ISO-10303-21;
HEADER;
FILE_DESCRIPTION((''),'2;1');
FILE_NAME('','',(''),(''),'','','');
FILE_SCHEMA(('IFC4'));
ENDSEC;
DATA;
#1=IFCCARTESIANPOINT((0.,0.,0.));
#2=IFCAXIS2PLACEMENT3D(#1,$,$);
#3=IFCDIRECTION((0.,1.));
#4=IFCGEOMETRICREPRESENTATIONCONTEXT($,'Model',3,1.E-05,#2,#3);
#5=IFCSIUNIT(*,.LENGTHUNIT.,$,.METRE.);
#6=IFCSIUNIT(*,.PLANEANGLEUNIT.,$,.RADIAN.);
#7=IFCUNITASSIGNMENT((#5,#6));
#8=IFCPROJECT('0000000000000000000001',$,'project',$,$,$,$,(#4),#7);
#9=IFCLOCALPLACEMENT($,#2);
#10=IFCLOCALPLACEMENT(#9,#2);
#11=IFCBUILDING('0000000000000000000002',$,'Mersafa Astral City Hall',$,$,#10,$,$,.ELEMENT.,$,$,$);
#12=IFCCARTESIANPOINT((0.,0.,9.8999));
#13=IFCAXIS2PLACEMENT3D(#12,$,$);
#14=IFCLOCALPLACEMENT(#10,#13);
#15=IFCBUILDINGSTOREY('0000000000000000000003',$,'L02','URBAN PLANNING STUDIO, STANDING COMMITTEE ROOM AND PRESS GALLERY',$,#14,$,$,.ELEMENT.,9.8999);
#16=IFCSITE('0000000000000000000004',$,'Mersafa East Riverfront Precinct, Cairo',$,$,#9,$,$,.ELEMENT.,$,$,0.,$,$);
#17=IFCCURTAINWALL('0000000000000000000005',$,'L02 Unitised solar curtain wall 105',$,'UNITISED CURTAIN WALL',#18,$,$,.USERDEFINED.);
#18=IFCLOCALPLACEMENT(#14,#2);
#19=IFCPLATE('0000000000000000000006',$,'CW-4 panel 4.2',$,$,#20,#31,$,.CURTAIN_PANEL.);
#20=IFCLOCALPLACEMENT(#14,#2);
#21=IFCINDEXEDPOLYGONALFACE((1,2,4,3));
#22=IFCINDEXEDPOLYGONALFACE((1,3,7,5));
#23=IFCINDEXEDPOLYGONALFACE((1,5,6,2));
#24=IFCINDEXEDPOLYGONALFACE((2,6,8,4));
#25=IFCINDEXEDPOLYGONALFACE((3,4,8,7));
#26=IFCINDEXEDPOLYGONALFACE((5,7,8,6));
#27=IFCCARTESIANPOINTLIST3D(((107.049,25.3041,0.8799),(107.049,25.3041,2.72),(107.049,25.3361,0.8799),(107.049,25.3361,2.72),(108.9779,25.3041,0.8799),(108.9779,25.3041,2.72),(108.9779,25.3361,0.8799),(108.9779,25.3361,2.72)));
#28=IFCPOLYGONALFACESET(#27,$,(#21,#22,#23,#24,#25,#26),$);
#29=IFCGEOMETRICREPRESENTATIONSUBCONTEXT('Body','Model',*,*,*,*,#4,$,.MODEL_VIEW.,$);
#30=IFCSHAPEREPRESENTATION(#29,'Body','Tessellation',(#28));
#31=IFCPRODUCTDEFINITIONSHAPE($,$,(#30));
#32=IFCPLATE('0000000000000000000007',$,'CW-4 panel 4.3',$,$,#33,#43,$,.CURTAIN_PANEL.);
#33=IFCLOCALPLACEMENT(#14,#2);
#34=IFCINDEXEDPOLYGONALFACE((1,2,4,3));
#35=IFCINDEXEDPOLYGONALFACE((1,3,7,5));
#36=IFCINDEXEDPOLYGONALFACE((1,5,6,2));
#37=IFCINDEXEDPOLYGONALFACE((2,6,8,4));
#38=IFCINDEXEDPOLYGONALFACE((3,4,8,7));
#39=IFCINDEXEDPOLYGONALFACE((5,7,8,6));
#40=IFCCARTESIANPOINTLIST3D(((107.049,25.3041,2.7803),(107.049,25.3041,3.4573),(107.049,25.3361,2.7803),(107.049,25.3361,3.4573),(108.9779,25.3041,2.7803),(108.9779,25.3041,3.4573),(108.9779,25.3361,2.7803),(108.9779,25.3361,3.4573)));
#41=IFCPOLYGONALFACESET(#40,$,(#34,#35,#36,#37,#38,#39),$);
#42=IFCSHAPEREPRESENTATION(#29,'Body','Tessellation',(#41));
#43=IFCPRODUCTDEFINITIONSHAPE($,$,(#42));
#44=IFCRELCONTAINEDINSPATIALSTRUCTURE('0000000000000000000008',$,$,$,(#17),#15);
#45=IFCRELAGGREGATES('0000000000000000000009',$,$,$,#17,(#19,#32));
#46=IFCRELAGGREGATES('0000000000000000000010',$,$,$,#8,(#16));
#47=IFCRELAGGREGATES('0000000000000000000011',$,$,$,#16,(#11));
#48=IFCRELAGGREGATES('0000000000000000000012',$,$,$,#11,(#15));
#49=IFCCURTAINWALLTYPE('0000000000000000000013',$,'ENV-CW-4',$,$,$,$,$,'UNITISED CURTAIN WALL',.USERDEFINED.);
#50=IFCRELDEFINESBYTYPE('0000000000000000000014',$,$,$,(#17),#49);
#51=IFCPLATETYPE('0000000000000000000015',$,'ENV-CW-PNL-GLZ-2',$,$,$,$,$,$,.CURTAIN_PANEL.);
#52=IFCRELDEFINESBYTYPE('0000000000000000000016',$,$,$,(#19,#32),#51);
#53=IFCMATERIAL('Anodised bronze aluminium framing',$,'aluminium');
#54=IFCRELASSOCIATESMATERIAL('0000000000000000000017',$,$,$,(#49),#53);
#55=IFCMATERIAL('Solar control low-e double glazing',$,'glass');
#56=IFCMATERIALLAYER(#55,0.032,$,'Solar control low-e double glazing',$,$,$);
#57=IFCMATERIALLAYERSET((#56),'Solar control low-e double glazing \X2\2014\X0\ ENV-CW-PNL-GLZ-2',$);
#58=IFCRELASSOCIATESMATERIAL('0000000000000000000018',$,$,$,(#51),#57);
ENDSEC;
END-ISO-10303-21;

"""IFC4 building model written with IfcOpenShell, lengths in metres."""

from ifc_helpers import new_model, si_unit, direction, frame, origin, origin_2d, place, context, subcontext, project, spatial, rectangle, extrude, material, layer, layer_set, type_object, element, aggregate, save


model = new_model("IFC4")

# Units and contexts
model_context = context("Model", 3, precision=1e-05, world=origin(), true_north=direction((0.0, 1.0)))
body_context = subcontext(model_context, "Body", "Model", "MODEL_VIEW")
ifc_project = project(units=[si_unit("LENGTHUNIT", "METRE"), si_unit("PLANEANGLEUNIT", "RADIAN")], contexts=[model_context])

# Site, building, storey
site_placement = place(None, origin())
site = spatial("IfcSite", under=ifc_project, at=site_placement, Name="Mersafa East Riverfront Precinct, Cairo", CompositionType="ELEMENT", RefElevation=0.0)
building_placement = place(site_placement, origin())
building = spatial("IfcBuilding", under=site, at=building_placement, Name="Mersafa Astral City Hall", CompositionType="ELEMENT")
storey_placement = place(building_placement, frame((0.0, 0.0, 9.8999)))
storey = spatial("IfcBuildingStorey", under=building, at=storey_placement, Name="L02", Description="URBAN PLANNING STUDIO, STANDING COMMITTEE ROOM AND PRESS GALLERY", CompositionType="ELEMENT", Elevation=9.8999)

# Curtain wall
ifc_material_1 = material(Name="Anodised bronze aluminium framing", Category="aluminium")
curtain_wall_type = type_object("IfcCurtainWallType", Name="ENV-CW-4", ElementType="UNITISED CURTAIN WALL", PredefinedType="USERDEFINED", material=ifc_material_1)
curtain_wall_placement = place(storey_placement, origin())
curtain_wall = element("IfcCurtainWall", 1, at=curtain_wall_placement, inside=storey, type_object=curtain_wall_type, Name="L02 Unitised solar curtain wall 105", ObjectType="UNITISED CURTAIN WALL", PredefinedType="USERDEFINED")

# Plates
ifc_material_2 = material(Name="Solar control low-e double glazing", Category="glass")
ifc_layer = layer(ifc_material_2, 0.032, Name="Solar control low-e double glazing")
ifc_layer_set = layer_set([ifc_layer], Name="Solar control low-e double glazing — ENV-CW-PNL-GLZ-2")
plate_type = type_object("IfcPlateType", Name="ENV-CW-PNL-GLZ-2", PredefinedType="CURTAIN_PANEL", material=ifc_layer_set)
plate_1_placement = place(storey_placement, frame((108.0134, 25.3201, 0.8799), z_axis=(0.0, 0.0, 1.0), x_axis=(1.0, 0.0, 0.0)))
plate_1 = element("IfcPlate", 2, at=plate_1_placement, type_object=plate_type, Name="CW-4 panel 4.2", PredefinedType="CURTAIN_PANEL", context=body_context, shape_type="SweptSolid", body=[
    extrude(rectangle(XDim=1.929, YDim=0.032, at=origin_2d()), origin(), (0.0, 0.0, 1.0), 1.8401),
])
plate_2_placement = place(storey_placement, frame((108.0134, 25.3201, 2.7803), z_axis=(0.0, 0.0, 1.0), x_axis=(1.0, 0.0, 0.0)))
plate_2 = element("IfcPlate", 3, at=plate_2_placement, type_object=plate_type, Name="CW-4 panel 4.3", PredefinedType="CURTAIN_PANEL", context=body_context, shape_type="SweptSolid", body=[
    extrude(rectangle(XDim=1.929, YDim=0.032, at=origin_2d()), origin(), (0.0, 0.0, 1.0), 0.677),
])
aggregate(curtain_wall, [plate_1, plate_2])

save(model, "model.ifc")
